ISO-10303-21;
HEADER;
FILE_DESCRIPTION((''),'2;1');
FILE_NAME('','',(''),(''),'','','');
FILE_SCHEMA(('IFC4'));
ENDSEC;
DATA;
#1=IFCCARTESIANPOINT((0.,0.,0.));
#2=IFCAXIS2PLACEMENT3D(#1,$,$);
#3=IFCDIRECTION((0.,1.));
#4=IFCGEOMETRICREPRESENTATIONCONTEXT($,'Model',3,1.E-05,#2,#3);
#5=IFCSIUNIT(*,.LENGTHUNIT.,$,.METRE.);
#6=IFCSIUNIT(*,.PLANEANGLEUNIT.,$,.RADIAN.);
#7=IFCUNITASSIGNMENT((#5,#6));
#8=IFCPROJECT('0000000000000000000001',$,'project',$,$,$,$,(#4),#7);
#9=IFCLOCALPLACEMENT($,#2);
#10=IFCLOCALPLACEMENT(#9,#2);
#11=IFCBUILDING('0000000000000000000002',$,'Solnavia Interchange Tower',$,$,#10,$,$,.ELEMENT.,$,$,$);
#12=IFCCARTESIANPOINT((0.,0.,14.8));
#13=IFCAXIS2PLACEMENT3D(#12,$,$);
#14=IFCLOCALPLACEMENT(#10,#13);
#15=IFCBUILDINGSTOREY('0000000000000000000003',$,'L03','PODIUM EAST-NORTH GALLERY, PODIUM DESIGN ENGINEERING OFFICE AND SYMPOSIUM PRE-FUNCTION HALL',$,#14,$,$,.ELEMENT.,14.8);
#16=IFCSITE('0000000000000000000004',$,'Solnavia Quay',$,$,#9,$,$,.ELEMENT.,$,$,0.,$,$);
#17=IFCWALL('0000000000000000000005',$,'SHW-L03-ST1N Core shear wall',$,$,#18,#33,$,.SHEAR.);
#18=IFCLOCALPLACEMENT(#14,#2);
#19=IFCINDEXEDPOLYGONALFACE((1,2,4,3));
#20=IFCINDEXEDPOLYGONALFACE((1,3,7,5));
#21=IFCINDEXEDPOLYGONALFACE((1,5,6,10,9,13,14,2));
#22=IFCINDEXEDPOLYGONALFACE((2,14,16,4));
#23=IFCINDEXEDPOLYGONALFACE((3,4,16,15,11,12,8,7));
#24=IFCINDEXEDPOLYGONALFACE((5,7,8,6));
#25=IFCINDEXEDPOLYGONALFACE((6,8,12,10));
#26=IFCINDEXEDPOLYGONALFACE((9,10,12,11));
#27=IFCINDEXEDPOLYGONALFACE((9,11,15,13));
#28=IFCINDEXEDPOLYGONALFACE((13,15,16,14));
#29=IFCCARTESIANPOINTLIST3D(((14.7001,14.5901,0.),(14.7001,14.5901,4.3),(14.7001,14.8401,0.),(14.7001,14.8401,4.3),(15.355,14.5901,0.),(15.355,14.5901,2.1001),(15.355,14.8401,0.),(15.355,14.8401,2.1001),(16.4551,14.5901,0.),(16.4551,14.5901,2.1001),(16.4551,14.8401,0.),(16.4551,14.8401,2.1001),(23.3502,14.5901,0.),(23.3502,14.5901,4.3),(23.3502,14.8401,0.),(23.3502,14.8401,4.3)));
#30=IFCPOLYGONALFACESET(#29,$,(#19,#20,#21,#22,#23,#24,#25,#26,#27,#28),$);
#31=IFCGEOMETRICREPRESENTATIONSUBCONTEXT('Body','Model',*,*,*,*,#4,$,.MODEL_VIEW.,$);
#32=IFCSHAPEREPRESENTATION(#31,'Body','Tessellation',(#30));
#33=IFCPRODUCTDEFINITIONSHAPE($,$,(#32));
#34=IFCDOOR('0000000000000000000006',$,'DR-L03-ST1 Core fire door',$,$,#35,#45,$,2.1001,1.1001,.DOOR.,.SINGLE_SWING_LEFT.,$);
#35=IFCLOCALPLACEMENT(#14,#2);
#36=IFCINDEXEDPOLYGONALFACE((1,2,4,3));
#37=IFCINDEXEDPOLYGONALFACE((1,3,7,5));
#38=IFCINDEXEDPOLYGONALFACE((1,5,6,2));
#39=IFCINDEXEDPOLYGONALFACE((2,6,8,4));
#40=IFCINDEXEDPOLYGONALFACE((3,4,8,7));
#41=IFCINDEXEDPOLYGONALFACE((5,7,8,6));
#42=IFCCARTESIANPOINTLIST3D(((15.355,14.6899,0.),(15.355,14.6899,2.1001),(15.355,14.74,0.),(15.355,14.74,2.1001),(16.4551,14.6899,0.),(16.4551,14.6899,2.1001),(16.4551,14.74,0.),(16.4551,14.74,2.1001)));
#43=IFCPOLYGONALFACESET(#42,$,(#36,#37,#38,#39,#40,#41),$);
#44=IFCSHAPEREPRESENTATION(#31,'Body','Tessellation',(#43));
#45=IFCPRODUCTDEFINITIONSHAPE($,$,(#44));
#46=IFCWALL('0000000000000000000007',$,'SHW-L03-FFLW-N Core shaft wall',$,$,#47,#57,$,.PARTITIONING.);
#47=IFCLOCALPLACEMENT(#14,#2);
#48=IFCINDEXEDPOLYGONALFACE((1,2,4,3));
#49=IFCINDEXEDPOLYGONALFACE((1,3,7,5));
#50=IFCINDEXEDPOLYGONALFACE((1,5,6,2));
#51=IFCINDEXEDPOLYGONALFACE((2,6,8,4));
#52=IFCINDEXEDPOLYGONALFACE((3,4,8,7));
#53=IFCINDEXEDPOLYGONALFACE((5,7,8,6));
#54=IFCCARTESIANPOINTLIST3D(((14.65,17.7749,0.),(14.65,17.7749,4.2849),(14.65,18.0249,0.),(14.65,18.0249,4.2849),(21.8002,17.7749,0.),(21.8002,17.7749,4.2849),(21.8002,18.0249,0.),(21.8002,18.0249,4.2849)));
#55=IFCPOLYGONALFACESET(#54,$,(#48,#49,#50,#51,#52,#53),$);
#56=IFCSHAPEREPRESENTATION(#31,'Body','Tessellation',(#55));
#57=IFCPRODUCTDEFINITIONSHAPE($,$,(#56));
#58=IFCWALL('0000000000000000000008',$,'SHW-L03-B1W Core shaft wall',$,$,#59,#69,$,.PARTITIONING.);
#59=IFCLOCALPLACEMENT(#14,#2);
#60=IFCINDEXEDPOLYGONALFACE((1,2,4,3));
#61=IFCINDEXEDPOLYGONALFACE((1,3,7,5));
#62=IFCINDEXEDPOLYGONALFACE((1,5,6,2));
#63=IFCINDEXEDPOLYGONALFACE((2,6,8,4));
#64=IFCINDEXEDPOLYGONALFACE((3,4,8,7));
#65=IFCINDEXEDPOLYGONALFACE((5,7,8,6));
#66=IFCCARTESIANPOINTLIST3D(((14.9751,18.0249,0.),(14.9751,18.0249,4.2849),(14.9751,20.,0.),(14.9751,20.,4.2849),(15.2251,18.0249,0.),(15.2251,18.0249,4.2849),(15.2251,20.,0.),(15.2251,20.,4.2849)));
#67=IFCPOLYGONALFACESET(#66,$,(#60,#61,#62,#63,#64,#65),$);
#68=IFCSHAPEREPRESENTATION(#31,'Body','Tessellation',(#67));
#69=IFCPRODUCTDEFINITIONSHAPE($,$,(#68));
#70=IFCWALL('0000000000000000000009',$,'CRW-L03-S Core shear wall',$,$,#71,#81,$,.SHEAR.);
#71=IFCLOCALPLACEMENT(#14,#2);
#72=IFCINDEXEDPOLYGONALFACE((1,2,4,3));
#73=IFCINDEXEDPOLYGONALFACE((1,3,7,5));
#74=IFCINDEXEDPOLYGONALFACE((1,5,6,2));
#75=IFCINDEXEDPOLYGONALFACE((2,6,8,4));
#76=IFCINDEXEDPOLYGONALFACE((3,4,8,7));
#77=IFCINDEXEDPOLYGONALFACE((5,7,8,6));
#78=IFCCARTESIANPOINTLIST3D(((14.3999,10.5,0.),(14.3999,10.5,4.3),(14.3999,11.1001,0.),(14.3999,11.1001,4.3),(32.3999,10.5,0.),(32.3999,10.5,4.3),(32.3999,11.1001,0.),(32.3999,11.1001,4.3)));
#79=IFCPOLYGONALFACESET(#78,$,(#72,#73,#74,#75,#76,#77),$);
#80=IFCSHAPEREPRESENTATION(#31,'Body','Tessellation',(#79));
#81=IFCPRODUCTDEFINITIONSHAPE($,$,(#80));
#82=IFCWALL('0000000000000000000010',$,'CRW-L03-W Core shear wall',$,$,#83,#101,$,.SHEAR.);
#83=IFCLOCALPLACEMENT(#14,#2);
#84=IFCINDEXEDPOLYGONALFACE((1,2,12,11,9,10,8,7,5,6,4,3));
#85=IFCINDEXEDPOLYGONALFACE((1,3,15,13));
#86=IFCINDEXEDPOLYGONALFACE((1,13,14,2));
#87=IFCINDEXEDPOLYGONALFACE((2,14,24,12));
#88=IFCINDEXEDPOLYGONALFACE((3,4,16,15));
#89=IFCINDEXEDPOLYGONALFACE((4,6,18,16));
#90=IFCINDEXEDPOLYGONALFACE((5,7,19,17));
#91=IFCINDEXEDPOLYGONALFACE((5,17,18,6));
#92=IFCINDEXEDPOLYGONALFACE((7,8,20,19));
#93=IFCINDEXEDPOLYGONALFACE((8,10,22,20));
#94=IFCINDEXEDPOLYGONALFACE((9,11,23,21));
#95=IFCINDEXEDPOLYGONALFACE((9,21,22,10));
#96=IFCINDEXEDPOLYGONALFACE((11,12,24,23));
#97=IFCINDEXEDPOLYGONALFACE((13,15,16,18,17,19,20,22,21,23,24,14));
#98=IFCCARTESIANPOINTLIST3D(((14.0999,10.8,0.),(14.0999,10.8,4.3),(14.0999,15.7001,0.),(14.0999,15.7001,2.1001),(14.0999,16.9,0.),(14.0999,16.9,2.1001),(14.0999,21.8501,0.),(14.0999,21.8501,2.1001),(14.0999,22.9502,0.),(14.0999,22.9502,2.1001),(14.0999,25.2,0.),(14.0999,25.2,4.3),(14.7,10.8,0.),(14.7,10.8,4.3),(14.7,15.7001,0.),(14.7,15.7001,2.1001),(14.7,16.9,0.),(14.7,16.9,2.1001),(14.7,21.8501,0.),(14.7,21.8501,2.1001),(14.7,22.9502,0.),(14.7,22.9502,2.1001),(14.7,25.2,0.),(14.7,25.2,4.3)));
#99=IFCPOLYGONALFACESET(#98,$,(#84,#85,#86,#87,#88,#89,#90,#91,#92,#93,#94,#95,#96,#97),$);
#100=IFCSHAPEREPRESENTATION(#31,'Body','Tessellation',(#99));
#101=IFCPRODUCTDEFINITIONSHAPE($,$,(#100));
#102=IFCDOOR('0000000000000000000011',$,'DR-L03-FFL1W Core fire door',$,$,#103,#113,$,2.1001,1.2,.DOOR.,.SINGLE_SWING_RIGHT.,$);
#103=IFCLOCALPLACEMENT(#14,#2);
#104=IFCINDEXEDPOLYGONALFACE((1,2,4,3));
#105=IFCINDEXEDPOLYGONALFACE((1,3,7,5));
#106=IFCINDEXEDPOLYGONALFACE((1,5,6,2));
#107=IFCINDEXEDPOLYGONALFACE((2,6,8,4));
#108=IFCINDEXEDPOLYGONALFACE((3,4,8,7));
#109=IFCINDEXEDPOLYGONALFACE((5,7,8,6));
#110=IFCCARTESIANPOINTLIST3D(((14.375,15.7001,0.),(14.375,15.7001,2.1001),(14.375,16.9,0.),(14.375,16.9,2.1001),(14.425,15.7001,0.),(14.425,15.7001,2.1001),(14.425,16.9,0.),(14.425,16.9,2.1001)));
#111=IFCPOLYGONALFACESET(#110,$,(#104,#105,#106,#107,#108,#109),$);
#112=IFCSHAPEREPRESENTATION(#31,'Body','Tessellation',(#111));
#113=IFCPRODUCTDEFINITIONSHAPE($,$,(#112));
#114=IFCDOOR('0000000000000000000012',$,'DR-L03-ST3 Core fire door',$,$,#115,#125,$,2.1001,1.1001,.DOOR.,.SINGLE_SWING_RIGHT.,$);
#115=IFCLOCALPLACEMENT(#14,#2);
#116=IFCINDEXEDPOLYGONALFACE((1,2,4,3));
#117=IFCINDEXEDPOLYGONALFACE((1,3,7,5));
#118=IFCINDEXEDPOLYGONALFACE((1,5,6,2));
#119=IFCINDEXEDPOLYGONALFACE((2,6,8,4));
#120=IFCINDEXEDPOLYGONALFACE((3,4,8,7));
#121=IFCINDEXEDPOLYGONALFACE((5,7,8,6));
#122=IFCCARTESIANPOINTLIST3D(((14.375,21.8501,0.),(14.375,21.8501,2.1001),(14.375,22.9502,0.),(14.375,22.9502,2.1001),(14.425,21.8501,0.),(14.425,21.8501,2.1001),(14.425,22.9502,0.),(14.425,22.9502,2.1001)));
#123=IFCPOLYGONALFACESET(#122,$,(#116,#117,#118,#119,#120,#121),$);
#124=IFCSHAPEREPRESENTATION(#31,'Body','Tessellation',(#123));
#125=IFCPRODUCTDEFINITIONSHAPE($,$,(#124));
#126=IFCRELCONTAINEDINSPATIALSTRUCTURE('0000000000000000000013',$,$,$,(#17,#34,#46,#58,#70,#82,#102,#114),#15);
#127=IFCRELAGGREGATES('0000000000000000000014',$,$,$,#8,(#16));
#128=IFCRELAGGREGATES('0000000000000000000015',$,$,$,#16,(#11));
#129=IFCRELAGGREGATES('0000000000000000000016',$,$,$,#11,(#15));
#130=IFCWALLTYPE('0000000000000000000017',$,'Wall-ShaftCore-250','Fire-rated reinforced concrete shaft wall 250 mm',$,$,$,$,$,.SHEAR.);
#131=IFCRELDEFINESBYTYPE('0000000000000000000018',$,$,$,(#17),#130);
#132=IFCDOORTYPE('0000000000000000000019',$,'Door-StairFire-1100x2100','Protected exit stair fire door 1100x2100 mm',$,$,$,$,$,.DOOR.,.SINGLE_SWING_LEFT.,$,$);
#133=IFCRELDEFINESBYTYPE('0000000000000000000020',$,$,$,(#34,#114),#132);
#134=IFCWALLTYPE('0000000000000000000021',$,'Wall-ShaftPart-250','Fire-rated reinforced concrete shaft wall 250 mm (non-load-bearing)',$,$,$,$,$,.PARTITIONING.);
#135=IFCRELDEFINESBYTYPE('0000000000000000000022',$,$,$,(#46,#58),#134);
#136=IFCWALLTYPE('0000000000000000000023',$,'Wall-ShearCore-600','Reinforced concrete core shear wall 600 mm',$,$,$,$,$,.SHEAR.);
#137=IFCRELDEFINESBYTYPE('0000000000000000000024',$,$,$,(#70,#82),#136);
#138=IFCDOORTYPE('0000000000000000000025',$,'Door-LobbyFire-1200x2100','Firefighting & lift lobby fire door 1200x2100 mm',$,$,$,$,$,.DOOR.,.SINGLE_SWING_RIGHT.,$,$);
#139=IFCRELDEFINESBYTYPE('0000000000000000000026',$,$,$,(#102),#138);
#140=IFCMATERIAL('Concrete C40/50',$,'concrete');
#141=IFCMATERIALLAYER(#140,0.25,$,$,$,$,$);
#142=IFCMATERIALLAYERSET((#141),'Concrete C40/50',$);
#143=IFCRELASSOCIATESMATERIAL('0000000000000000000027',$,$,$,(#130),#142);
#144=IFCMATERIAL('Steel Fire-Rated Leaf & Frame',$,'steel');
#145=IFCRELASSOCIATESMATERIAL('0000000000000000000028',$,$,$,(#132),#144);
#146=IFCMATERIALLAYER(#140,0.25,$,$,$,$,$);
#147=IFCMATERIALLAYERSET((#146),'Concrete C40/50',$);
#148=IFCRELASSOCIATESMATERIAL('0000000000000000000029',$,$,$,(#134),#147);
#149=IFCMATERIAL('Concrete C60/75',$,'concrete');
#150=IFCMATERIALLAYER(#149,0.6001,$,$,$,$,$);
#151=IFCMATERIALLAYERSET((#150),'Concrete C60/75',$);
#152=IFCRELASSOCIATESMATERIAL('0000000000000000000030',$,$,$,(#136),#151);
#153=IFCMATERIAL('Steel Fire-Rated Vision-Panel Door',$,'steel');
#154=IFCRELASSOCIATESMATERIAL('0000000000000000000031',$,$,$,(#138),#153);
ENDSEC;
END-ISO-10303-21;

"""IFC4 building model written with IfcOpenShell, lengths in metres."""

from ifc_helpers import new_model, si_unit, direction, frame, frame_2d, origin, place, context, subcontext, project, spatial, rectangle, extrude, material, layer, layer_set, type_object, element, fill, save


model = new_model("IFC4")

# Units and contexts
model_context = context("Model", 3, precision=1e-05, world=origin(), true_north=direction((0.0, 1.0)))
body_context = subcontext(model_context, "Body", "Model", "MODEL_VIEW")
ifc_project = project(units=[si_unit("LENGTHUNIT", "METRE"), si_unit("PLANEANGLEUNIT", "RADIAN")], contexts=[model_context])

# Site, building, storey
site_placement = place(None, origin())
site = spatial("IfcSite", under=ifc_project, at=site_placement, Name="Solnavia Quay", CompositionType="ELEMENT", RefElevation=0.0)
building_placement = place(site_placement, origin())
building = spatial("IfcBuilding", under=site, at=building_placement, Name="Solnavia Interchange Tower", CompositionType="ELEMENT")
storey_placement = place(building_placement, frame((0.0, 0.0, 14.8)))
storey = spatial("IfcBuildingStorey", under=building, at=storey_placement, Name="L03", Description="PODIUM EAST-NORTH GALLERY, PODIUM DESIGN ENGINEERING OFFICE AND SYMPOSIUM PRE-FUNCTION HALL", CompositionType="ELEMENT", Elevation=14.8)

# Shared definitions
ifc_material_1 = material(Name="Concrete C60/75", Category="concrete")

# Shared definitions
ifc_material_2 = material(Name="Concrete C40/50", Category="concrete")

# Shared definitions
ifc_layer_1 = layer(ifc_material_2, 0.25)
ifc_layer_set_1 = layer_set([ifc_layer_1], Name="Concrete C40/50")
wall_type_1 = type_object("IfcWallType", Name="Wall-ShaftCore-250", Description="Fire-rated reinforced concrete shaft wall 250 mm", PredefinedType="SHEAR", material=ifc_layer_set_1)

# Wall, opening, door
wall_1_placement = place(storey_placement, frame((14.7, 14.7151, 0.0), z_axis=(0.0, 0.0, 1.0), x_axis=(1.0, 0.0, 0.0)))
wall_1 = element("IfcWall", 1, at=wall_1_placement, inside=storey, type_object=wall_type_1, Name="SHW-L03-ST1N Core shear wall", PredefinedType="SHEAR", context=body_context, shape_type="SweptSolid", body=[
    extrude(rectangle(XDim=8.6501, YDim=0.25, at=frame_2d((4.3252, 0.0))), origin(), (0.0, 0.0, 1.0), 4.3),
])
opening_1_placement = place(wall_1_placement, frame((0.655, 0.0, 0.0)))
opening_1 = element("IfcOpeningElement", 2, at=opening_1_placement, cuts=wall_1, PredefinedType="OPENING", context=body_context, shape_type="SweptSolid", body=[
    extrude(rectangle(XDim=1.1001, YDim=2.1001, at=frame_2d((0.55, 1.05))), frame((0.0, 0.135, 0.0), z_axis=(0.0, -1.0, 0.0), x_axis=(1.0, 0.0, 0.0)), (0.0, 0.0, 1.0), 0.27),
])
ifc_material_3 = material(Name="Steel Fire-Rated Leaf & Frame", Category="steel")
door_type_1 = type_object("IfcDoorType", Name="Door-StairFire-1100x2100", Description="Protected exit stair fire door 1100x2100 mm", OperationType="SINGLE_SWING_LEFT", PredefinedType="DOOR", material=ifc_material_3)
door_1_placement = place(opening_1_placement, origin())
door_1 = element("IfcDoor", 3, at=door_1_placement, inside=storey, type_object=door_type_1, Name="DR-L03-ST1 Core fire door", OperationType="SINGLE_SWING_LEFT", OverallHeight=2.1001, OverallWidth=1.1001, PredefinedType="DOOR", context=body_context, shape_type="SweptSolid", body=[
    extrude(rectangle(XDim=1.1001, YDim=2.1001, at=frame_2d((0.55, 1.05))), frame((0.0, 0.0249, 0.0), z_axis=(0.0, -1.0, 0.0), x_axis=(1.0, 0.0, 0.0)), (0.0, 0.0, 1.0), 0.05),
])
fill(opening_1, door_1)

# Walls
ifc_layer_2 = layer(ifc_material_2, 0.25)
ifc_layer_set_2 = layer_set([ifc_layer_2], Name="Concrete C40/50")
wall_type_2 = type_object("IfcWallType", Name="Wall-ShaftPart-250", Description="Fire-rated reinforced concrete shaft wall 250 mm (non-load-bearing)", PredefinedType="PARTITIONING", material=ifc_layer_set_2)
wall_2_placement = place(storey_placement, frame((14.6499, 17.8999, 0.0), z_axis=(0.0, 0.0, 1.0), x_axis=(1.0, 0.0, 0.0)))
element("IfcWall", 4, at=wall_2_placement, inside=storey, type_object=wall_type_2, Name="SHW-L03-FFLW-N Core shaft wall", PredefinedType="PARTITIONING", context=body_context, shape_type="SweptSolid", body=[
    extrude(rectangle(XDim=7.1501, YDim=0.25, at=frame_2d((3.5752, 0.0))), origin(), (0.0, 0.0, 1.0), 4.2849),
])
wall_3_placement = place(storey_placement, frame((15.1001, 18.0249, 0.0), z_axis=(0.0, 0.0, 1.0), x_axis=(0.0, 1.0, 0.0)))
element("IfcWall", 5, at=wall_3_placement, inside=storey, type_object=wall_type_2, Name="SHW-L03-B1W Core shaft wall", PredefinedType="PARTITIONING", context=body_context, shape_type="SweptSolid", body=[
    extrude(rectangle(XDim=1.9751, YDim=0.25, at=frame_2d((0.9875, 0.0))), origin(), (0.0, 0.0, 1.0), 4.2849),
])
ifc_layer_3 = layer(ifc_material_1, 0.6001)
ifc_layer_set_3 = layer_set([ifc_layer_3], Name="Concrete C60/75")
wall_type_3 = type_object("IfcWallType", Name="Wall-ShearCore-600", Description="Reinforced concrete core shear wall 600 mm", PredefinedType="SHEAR", material=ifc_layer_set_3)
wall_4_placement = place(storey_placement, frame((14.3999, 10.8, 0.0), z_axis=(0.0, 0.0, 1.0), x_axis=(1.0, 0.0, 0.0)))
element("IfcWall", 6, at=wall_4_placement, inside=storey, type_object=wall_type_3, Name="CRW-L03-S Core shear wall", PredefinedType="SHEAR", context=body_context, shape_type="SweptSolid", body=[
    extrude(rectangle(XDim=18.0, YDim=0.6001, at=frame_2d((9.0, 0.0))), origin(), (0.0, 0.0, 1.0), 4.3),
])

# Wall, openings, doors
wall_5_placement = place(storey_placement, frame((14.3999, 10.8, 0.0), z_axis=(0.0, 0.0, 1.0), x_axis=(0.0, 1.0, 0.0)))
wall_5 = element("IfcWall", 7, at=wall_5_placement, inside=storey, type_object=wall_type_3, Name="CRW-L03-W Core shear wall", PredefinedType="SHEAR", context=body_context, shape_type="SweptSolid", body=[
    extrude(rectangle(XDim=14.3999, YDim=0.6001, at=frame_2d((7.2, 0.0))), origin(), (0.0, 0.0, 1.0), 4.3),
])
opening_2_placement = place(wall_5_placement, frame((11.05, 0.0, 0.0)))
opening_2 = element("IfcOpeningElement", 8, at=opening_2_placement, cuts=wall_5, PredefinedType="OPENING", context=body_context, shape_type="SweptSolid", body=[
    extrude(rectangle(XDim=1.1001, YDim=2.1001, at=frame_2d((0.55, 1.05))), frame((0.0, 0.3101, 0.0), z_axis=(0.0, -1.0, 0.0), x_axis=(1.0, 0.0, 0.0)), (0.0, 0.0, 1.0), 0.6201),
])
opening_3_placement = place(wall_5_placement, frame((4.8999, 0.0, 0.0)))
opening_3 = element("IfcOpeningElement", 9, at=opening_3_placement, cuts=wall_5, PredefinedType="OPENING", context=body_context, shape_type="SweptSolid", body=[
    extrude(rectangle(XDim=1.2, YDim=2.1001, at=frame_2d((0.6001, 1.05))), frame((0.0, 0.3101, 0.0), z_axis=(0.0, -1.0, 0.0), x_axis=(1.0, 0.0, 0.0)), (0.0, 0.0, 1.0), 0.6201),
])
ifc_material_4 = material(Name="Steel Fire-Rated Vision-Panel Door", Category="steel")
door_type_2 = type_object("IfcDoorType", Name="Door-LobbyFire-1200x2100", Description="Firefighting & lift lobby fire door 1200x2100 mm", OperationType="SINGLE_SWING_RIGHT", PredefinedType="DOOR", material=ifc_material_4)
door_2_placement = place(opening_3_placement, origin())
door_2 = element("IfcDoor", 10, at=door_2_placement, inside=storey, type_object=door_type_2, Name="DR-L03-FFL1W Core fire door", OperationType="SINGLE_SWING_RIGHT", OverallHeight=2.1001, OverallWidth=1.2, PredefinedType="DOOR", context=body_context, shape_type="SweptSolid", body=[
    extrude(rectangle(XDim=1.2, YDim=2.1001, at=frame_2d((0.6001, 1.05))), frame((0.0, 0.0249, 0.0), z_axis=(0.0, -1.0, 0.0), x_axis=(1.0, 0.0, 0.0)), (0.0, 0.0, 1.0), 0.05),
])
fill(opening_3, door_2)
door_3_placement = place(opening_2_placement, origin())
door_3 = element("IfcDoor", 11, at=door_3_placement, inside=storey, type_object=door_type_1, Name="DR-L03-ST3 Core fire door", OperationType="SINGLE_SWING_RIGHT", OverallHeight=2.1001, OverallWidth=1.1001, PredefinedType="DOOR", context=body_context, shape_type="SweptSolid", body=[
    extrude(rectangle(XDim=1.1001, YDim=2.1001, at=frame_2d((0.55, 1.05))), frame((0.0, 0.0249, 0.0), z_axis=(0.0, -1.0, 0.0), x_axis=(1.0, 0.0, 0.0)), (0.0, 0.0, 1.0), 0.05),
])
fill(opening_2, door_3)

save(model, "model.ifc")
